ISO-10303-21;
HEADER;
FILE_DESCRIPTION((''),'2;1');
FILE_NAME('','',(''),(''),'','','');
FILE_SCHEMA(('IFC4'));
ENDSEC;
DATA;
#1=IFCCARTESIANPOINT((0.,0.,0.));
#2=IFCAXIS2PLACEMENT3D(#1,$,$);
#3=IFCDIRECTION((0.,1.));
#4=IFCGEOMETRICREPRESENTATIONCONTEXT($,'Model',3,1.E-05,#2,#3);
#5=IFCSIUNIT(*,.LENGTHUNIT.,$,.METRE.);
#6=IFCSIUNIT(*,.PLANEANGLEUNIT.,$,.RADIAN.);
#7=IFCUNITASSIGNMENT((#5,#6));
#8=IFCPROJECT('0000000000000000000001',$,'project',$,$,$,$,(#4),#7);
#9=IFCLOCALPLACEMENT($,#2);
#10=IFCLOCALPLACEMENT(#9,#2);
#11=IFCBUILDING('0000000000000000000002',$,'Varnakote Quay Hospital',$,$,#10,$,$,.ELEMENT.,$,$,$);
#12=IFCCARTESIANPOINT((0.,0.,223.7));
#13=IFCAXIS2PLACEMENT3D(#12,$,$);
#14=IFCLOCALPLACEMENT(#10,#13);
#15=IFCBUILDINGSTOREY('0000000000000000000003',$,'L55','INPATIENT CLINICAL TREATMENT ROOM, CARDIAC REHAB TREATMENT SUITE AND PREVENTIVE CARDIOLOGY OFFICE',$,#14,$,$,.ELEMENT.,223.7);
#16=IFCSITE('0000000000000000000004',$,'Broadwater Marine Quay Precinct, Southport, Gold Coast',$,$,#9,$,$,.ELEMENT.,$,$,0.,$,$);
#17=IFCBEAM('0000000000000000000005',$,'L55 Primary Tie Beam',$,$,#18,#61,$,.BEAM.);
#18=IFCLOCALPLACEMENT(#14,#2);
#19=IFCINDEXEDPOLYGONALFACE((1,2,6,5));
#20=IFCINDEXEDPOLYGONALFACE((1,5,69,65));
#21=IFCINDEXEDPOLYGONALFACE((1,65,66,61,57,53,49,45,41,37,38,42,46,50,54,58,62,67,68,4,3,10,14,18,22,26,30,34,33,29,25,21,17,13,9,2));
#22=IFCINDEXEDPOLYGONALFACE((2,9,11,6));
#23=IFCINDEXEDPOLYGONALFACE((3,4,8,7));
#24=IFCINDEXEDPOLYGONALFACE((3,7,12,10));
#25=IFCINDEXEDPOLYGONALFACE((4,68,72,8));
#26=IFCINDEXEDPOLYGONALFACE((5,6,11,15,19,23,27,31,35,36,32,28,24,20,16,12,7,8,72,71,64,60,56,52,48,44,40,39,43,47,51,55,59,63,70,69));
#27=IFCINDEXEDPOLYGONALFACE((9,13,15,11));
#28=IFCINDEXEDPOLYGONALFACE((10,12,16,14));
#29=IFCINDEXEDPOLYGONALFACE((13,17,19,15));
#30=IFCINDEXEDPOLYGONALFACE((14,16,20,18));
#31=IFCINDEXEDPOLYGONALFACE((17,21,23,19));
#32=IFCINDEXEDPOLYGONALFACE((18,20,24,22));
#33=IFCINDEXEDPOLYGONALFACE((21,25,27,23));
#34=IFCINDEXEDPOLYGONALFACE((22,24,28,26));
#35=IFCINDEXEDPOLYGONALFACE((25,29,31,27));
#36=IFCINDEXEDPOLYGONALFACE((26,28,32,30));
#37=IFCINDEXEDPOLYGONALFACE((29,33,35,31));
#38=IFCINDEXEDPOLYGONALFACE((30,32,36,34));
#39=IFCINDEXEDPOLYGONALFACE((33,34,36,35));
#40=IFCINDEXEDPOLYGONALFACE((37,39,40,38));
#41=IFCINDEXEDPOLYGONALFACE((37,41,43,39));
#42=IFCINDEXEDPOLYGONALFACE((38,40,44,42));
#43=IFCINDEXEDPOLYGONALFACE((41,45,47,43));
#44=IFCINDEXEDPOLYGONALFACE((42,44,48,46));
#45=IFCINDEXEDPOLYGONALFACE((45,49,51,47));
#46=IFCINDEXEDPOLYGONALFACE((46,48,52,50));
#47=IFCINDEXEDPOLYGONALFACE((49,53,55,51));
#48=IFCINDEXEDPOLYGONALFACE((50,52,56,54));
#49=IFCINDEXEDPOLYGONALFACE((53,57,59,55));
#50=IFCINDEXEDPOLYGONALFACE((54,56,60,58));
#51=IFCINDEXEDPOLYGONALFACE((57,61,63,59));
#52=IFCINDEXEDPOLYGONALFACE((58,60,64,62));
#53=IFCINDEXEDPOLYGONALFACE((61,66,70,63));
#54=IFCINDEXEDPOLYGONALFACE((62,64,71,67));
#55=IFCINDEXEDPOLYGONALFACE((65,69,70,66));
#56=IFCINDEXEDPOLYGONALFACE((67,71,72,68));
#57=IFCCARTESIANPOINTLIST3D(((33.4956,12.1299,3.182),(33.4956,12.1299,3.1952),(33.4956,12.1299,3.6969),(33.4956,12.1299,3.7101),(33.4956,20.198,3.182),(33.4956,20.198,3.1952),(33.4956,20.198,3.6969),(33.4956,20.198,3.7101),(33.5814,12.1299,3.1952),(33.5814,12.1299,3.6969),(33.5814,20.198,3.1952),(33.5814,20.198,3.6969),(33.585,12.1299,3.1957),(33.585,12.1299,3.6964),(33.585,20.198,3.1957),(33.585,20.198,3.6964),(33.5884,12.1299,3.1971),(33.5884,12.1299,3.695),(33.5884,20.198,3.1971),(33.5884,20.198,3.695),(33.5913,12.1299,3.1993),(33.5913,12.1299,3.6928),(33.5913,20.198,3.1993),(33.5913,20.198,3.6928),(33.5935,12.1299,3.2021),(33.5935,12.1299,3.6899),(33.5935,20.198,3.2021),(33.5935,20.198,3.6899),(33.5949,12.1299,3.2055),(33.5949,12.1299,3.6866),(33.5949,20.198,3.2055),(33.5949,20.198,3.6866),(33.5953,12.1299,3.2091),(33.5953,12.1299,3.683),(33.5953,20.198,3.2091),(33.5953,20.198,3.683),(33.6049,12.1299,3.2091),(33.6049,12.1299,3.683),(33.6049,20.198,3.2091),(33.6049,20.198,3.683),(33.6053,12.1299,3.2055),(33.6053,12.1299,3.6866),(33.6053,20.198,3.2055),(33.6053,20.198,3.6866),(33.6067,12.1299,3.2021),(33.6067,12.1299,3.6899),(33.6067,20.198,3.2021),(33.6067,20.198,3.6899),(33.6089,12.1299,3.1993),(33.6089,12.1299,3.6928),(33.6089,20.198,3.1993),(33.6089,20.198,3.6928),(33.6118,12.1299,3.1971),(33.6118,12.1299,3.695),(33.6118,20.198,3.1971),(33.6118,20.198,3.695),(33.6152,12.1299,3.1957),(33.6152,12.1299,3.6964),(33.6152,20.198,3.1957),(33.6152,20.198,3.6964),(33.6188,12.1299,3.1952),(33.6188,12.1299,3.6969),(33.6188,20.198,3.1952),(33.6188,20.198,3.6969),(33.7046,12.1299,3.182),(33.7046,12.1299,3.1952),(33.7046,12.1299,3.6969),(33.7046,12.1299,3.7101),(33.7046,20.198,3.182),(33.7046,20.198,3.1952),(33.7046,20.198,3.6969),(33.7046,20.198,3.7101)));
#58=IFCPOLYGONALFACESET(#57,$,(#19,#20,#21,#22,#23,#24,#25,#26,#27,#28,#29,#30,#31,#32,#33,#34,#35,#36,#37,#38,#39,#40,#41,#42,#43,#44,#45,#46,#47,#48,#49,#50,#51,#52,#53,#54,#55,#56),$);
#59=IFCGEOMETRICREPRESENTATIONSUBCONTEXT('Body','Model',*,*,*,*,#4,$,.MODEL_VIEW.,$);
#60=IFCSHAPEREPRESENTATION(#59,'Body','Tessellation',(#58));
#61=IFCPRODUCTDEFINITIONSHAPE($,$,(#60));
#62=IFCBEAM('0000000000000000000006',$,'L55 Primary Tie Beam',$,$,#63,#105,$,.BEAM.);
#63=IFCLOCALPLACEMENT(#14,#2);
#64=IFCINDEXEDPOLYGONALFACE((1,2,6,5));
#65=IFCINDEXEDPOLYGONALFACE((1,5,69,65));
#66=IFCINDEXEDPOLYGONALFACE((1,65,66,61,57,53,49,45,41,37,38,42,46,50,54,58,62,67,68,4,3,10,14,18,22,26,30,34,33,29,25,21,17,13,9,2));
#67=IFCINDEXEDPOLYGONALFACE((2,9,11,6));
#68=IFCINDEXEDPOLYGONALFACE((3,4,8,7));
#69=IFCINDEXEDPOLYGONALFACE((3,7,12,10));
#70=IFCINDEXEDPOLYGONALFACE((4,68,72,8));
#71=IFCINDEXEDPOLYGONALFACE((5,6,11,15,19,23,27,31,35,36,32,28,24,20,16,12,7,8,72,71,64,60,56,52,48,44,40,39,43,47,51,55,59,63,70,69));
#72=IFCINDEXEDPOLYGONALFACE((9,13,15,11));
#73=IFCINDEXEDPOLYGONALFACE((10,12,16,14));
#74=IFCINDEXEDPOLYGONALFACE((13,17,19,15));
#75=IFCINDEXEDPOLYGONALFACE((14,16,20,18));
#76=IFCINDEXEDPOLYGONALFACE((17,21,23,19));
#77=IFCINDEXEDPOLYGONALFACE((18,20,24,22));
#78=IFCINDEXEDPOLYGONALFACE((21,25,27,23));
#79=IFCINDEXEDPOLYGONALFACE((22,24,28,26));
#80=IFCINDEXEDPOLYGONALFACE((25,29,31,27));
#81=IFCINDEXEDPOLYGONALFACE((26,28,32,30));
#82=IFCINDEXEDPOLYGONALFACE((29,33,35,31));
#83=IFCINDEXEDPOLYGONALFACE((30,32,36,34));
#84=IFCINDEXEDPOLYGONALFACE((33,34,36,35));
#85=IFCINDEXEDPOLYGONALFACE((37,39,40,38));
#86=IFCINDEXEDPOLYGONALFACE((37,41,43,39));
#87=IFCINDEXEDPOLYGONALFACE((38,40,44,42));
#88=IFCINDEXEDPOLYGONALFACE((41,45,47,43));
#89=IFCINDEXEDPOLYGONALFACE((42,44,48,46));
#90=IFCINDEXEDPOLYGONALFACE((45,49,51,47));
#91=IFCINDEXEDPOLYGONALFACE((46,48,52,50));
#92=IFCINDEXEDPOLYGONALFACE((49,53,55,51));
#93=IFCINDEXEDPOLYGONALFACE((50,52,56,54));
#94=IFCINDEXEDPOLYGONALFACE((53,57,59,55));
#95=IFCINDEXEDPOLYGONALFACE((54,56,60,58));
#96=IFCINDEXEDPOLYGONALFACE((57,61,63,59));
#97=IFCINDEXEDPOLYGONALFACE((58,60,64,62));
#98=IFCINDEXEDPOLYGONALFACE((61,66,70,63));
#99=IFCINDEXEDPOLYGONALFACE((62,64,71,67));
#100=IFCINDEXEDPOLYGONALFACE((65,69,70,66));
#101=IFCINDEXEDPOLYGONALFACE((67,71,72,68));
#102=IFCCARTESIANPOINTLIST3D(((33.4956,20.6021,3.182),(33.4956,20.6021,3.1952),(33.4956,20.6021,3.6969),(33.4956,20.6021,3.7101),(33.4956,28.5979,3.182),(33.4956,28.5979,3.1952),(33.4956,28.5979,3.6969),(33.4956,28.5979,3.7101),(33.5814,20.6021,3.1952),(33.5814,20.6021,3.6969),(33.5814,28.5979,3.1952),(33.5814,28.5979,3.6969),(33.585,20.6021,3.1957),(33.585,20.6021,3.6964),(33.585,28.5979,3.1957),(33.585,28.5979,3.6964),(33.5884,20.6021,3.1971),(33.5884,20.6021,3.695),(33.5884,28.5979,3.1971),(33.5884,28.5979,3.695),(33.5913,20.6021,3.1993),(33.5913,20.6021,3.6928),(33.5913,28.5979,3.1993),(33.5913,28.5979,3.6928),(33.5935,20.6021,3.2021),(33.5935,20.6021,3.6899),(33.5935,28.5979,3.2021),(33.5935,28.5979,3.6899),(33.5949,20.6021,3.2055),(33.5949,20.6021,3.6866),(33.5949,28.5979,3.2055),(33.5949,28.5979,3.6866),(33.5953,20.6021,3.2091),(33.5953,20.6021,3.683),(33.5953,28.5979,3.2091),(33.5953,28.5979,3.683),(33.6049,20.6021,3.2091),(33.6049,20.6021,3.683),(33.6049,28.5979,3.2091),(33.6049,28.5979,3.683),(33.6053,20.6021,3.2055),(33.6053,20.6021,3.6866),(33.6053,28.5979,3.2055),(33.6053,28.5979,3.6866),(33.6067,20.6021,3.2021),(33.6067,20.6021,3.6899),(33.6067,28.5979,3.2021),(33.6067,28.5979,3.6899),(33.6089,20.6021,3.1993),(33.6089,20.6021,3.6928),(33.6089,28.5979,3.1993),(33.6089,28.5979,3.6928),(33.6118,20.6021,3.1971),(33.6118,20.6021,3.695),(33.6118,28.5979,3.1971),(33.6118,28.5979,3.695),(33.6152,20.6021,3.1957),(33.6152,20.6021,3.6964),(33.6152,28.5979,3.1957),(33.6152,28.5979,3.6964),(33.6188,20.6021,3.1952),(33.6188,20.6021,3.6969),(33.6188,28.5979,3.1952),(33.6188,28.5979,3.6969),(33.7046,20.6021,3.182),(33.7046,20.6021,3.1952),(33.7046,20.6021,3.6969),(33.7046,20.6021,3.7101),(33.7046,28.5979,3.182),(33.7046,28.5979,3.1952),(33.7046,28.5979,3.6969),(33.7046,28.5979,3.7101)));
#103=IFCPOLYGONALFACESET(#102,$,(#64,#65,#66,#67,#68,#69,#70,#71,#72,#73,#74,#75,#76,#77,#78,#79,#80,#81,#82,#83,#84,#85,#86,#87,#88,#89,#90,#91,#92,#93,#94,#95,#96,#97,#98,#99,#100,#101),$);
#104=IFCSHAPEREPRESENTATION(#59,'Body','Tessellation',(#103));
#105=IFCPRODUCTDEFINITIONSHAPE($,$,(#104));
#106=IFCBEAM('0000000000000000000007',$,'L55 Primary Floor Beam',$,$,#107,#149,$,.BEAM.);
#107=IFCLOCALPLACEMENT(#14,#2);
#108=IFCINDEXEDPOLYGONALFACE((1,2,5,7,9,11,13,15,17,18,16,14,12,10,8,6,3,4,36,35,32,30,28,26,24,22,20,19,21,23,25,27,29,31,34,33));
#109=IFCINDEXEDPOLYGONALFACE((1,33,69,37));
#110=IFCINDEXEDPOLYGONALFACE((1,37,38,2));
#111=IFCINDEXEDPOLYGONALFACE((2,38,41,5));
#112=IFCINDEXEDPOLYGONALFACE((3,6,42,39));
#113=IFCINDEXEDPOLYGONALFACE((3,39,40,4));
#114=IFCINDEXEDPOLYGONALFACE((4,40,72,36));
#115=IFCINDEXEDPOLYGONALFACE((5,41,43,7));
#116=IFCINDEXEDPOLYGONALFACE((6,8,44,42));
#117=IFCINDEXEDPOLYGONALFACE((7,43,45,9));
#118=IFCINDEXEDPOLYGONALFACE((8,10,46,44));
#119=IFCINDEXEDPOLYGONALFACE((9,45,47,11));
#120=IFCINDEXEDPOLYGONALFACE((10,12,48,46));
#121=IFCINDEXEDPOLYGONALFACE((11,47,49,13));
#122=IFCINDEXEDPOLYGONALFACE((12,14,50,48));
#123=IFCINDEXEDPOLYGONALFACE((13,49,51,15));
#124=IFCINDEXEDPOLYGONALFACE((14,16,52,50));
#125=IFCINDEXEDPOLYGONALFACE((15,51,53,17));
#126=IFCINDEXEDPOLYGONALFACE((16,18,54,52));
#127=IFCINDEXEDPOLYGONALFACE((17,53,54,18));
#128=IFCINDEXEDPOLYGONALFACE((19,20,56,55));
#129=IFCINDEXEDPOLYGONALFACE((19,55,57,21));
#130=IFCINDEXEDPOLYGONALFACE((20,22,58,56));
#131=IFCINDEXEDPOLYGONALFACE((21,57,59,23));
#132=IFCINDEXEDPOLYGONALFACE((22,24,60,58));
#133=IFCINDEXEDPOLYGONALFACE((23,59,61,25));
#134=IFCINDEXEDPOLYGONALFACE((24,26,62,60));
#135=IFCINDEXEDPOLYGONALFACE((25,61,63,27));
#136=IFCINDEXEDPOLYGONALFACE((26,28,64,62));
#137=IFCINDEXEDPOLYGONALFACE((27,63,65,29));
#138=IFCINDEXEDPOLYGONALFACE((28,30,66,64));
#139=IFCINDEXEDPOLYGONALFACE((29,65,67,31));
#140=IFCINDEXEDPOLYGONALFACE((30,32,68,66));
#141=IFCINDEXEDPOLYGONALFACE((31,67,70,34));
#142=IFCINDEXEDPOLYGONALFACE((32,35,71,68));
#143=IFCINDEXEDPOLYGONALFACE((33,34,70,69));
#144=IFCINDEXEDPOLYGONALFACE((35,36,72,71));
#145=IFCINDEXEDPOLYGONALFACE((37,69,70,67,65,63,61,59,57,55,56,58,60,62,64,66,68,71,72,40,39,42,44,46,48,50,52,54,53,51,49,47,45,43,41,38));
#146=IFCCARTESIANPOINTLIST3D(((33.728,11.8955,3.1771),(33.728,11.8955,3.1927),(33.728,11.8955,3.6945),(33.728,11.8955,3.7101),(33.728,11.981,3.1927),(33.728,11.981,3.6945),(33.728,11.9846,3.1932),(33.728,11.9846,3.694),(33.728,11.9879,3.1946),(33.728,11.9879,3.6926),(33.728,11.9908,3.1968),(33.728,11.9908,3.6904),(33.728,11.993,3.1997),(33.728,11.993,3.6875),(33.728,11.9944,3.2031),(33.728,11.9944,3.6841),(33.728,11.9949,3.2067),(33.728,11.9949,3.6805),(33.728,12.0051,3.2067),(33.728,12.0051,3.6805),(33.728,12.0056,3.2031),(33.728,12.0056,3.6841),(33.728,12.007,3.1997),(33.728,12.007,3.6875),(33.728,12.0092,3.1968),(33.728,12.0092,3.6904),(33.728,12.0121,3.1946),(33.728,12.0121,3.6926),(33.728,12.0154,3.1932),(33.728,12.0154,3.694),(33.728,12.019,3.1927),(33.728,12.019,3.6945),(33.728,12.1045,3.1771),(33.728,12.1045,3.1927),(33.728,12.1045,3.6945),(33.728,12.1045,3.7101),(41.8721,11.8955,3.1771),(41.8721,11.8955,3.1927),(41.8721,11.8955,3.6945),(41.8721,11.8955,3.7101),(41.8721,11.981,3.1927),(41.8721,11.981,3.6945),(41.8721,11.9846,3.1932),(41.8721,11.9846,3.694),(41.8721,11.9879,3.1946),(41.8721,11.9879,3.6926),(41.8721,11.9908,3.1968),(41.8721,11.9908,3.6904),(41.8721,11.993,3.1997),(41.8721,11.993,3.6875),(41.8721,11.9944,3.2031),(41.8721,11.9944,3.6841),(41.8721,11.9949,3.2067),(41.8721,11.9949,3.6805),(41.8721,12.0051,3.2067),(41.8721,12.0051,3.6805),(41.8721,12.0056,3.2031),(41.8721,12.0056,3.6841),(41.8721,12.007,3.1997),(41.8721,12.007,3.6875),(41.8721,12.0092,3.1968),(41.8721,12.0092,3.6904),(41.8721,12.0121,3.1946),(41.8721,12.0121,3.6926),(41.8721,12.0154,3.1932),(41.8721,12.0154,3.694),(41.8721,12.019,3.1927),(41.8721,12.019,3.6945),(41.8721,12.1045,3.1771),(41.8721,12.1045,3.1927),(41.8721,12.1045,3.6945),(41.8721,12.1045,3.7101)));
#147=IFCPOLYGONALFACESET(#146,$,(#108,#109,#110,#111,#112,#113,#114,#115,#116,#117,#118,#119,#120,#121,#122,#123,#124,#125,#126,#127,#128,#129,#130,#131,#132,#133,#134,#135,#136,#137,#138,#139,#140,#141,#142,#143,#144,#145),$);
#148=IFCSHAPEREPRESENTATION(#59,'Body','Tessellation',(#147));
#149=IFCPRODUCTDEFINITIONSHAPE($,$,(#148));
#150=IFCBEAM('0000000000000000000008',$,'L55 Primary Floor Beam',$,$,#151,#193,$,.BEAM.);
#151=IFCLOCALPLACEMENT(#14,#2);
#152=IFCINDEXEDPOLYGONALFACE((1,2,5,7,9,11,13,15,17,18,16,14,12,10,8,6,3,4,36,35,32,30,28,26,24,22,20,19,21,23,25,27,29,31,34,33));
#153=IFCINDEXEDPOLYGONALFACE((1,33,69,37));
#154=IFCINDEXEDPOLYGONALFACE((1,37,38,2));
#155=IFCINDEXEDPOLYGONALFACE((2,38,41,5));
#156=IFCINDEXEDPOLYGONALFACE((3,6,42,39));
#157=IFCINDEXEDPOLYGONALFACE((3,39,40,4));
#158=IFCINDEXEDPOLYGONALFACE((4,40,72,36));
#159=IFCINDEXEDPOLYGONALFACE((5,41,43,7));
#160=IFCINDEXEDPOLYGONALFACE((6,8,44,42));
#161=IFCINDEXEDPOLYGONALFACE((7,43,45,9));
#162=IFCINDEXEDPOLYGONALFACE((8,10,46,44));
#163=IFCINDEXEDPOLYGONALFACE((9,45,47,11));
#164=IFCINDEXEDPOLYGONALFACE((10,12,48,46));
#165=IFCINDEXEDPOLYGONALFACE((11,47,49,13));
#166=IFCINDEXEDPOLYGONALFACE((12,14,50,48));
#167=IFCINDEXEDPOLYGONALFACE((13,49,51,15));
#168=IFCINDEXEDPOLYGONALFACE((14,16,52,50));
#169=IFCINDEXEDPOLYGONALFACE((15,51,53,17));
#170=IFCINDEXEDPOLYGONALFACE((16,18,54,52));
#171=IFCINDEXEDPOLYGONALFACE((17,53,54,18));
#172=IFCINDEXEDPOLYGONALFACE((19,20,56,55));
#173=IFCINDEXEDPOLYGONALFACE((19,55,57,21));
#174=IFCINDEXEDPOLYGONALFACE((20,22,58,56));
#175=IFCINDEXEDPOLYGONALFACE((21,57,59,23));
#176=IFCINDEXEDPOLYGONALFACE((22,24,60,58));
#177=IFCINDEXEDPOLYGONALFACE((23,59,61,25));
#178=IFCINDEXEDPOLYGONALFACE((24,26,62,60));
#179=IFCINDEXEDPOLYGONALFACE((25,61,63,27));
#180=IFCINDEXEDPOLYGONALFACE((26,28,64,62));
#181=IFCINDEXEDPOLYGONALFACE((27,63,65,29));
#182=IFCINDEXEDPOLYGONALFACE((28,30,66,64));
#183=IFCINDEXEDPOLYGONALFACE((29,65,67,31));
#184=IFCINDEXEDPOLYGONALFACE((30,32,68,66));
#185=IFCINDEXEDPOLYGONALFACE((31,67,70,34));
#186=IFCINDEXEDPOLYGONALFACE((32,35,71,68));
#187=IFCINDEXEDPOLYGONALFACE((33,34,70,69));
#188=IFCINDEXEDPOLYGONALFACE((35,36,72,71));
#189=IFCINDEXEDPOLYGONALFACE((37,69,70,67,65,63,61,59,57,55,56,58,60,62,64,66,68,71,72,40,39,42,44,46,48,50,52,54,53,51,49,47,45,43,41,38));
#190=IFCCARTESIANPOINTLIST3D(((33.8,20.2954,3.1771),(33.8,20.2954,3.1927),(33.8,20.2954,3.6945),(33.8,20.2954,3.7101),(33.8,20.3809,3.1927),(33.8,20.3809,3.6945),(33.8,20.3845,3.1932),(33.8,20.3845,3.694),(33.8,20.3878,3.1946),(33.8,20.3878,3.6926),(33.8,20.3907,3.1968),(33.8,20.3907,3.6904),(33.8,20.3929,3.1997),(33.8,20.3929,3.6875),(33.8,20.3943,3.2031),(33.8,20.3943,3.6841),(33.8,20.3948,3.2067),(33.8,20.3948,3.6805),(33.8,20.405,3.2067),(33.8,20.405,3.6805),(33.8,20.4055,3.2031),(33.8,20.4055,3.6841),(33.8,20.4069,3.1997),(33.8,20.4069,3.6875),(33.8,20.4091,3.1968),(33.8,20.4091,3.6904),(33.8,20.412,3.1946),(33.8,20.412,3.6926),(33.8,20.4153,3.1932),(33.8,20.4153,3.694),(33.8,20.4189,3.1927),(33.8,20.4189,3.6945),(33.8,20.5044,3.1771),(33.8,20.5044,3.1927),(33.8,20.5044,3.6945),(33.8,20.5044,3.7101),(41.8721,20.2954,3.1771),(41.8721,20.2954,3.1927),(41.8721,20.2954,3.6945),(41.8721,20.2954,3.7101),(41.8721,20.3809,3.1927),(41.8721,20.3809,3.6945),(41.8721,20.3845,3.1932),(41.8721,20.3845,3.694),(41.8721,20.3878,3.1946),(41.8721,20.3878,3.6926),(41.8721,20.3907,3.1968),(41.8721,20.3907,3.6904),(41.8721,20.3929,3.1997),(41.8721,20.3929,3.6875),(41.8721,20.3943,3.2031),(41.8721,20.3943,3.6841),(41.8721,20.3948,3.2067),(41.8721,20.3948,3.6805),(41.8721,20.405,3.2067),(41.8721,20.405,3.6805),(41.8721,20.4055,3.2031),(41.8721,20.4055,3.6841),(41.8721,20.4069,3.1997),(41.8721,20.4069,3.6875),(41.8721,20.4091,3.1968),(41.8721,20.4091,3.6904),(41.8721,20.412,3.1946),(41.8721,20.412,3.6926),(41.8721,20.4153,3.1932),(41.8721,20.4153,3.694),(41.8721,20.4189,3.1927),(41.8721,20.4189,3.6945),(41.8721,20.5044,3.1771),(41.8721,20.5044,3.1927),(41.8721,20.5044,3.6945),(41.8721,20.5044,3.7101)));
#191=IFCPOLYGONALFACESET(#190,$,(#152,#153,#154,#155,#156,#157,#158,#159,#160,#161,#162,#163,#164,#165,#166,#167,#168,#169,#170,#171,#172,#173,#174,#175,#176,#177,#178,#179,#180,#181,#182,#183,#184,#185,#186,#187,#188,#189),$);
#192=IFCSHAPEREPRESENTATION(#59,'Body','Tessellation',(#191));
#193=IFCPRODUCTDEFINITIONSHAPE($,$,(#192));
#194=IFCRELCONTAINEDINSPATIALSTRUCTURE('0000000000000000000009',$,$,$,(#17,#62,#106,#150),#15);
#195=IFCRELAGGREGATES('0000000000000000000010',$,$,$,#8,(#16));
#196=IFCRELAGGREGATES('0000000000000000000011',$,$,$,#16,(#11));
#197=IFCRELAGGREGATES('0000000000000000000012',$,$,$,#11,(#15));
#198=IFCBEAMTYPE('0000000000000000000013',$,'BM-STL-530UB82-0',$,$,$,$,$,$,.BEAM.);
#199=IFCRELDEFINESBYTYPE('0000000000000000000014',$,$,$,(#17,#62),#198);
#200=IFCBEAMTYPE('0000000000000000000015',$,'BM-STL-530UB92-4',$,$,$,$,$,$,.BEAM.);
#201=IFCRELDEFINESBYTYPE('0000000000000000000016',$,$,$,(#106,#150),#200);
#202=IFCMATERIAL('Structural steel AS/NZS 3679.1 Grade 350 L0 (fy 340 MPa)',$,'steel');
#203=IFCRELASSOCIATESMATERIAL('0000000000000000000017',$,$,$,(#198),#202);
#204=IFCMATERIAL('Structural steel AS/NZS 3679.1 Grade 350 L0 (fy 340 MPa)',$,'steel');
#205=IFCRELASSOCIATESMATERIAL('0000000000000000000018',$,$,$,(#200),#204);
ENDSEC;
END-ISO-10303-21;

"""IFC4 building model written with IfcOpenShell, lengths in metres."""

from ifc_helpers import new_model, si_unit, direction, frame, origin, origin_2d, place, context, subcontext, project, spatial, i_section, extrude, material, material_profile, profile_set, type_object, element, save


model = new_model("IFC4")

# Units and contexts
model_context = context("Model", 3, precision=1e-05, world=origin(), true_north=direction((0.0, 1.0)))
body_context = subcontext(model_context, "Body", "Model", "MODEL_VIEW")
ifc_project = project(units=[si_unit("LENGTHUNIT", "METRE"), si_unit("PLANEANGLEUNIT", "RADIAN")], contexts=[model_context])

# Site, building, storey
site_placement = place(None, origin())
site = spatial("IfcSite", under=ifc_project, at=site_placement, Name="Broadwater Marine Quay Precinct, Southport, Gold Coast", CompositionType="ELEMENT", RefElevation=0.0)
building_placement = place(site_placement, origin())
building = spatial("IfcBuilding", under=site, at=building_placement, Name="Varnakote Quay Hospital", CompositionType="ELEMENT")
storey_placement = place(building_placement, frame((0.0, 0.0, 223.7)))
storey = spatial("IfcBuildingStorey", under=building, at=storey_placement, Name="L55", Description="INPATIENT CLINICAL TREATMENT ROOM, CARDIAC REHAB TREATMENT SUITE AND PREVENTIVE CARDIOLOGY OFFICE", CompositionType="ELEMENT", Elevation=223.7)

# Beams
ifc_material_1 = material(Name="Structural steel AS/NZS 3679.1 Grade 350 L0 (fy 340 MPa)", Category="steel")
ifc_material_profile_1 = material_profile(ifc_material_1, i_section(OverallWidth=0.209, OverallDepth=0.5281, WebThickness=0.0095, FlangeThickness=0.0132, FilletRadius=0.0139, at=origin_2d()), Name="530UB82.0")
ifc_profile_set_1 = profile_set([ifc_material_profile_1], Name="Structural steel AS/NZS 3679.1 Grade 350 L0 (fy 340 MPa)")
beam_type_1 = type_object("IfcBeamType", Name="BM-STL-530UB82-0", PredefinedType="BEAM", material=ifc_profile_set_1)
beam_1_placement = place(storey_placement, frame((33.6001, 12.1299, 3.446), z_axis=(0.0, 1.0, 0.0), x_axis=(-1.0, 0.0, 0.0)))
element("IfcBeam", 1, at=beam_1_placement, inside=storey, type_object=beam_type_1, Name="L55 Primary Tie Beam", PredefinedType="BEAM", context=body_context, shape_type="SweptSolid", body=[
    extrude(i_section(OverallWidth=0.209, OverallDepth=0.5281, WebThickness=0.0095, FlangeThickness=0.0132, FilletRadius=0.0139, at=origin_2d()), origin(), (0.0, 0.0, 1.0), 8.0681),
])
beam_2_placement = place(storey_placement, frame((33.6001, 20.6021, 3.446), z_axis=(0.0, 1.0, 0.0), x_axis=(-1.0, 0.0, 0.0)))
element("IfcBeam", 2, at=beam_2_placement, inside=storey, type_object=beam_type_1, Name="L55 Primary Tie Beam", PredefinedType="BEAM", context=body_context, shape_type="SweptSolid", body=[
    extrude(i_section(OverallWidth=0.209, OverallDepth=0.5281, WebThickness=0.0095, FlangeThickness=0.0132, FilletRadius=0.0139, at=origin_2d()), origin(), (0.0, 0.0, 1.0), 7.9958),
])
ifc_material_2 = material(Name="Structural steel AS/NZS 3679.1 Grade 350 L0 (fy 340 MPa)", Category="steel")
ifc_material_profile_2 = material_profile(ifc_material_2, i_section(OverallWidth=0.209, OverallDepth=0.533, WebThickness=0.0103, FlangeThickness=0.0156, FilletRadius=0.0139, at=origin_2d()), Name="530UB92.4")
ifc_profile_set_2 = profile_set([ifc_material_profile_2], Name="Structural steel AS/NZS 3679.1 Grade 350 L0 (fy 340 MPa)")
beam_type_2 = type_object("IfcBeamType", Name="BM-STL-530UB92-4", PredefinedType="BEAM", material=ifc_profile_set_2)
beam_3_placement = place(storey_placement, frame((33.728, 12.0, 3.4436), z_axis=(1.0, 0.0, 0.0), x_axis=(0.0, 1.0, 0.0)))
element("IfcBeam", 3, at=beam_3_placement, inside=storey, type_object=beam_type_2, Name="L55 Primary Floor Beam", PredefinedType="BEAM", context=body_context, shape_type="SweptSolid", body=[
    extrude(i_section(OverallWidth=0.209, OverallDepth=0.533, WebThickness=0.0103, FlangeThickness=0.0156, FilletRadius=0.0139, at=origin_2d()), origin(), (0.0, 0.0, 1.0), 8.144),
])
beam_4_placement = place(storey_placement, frame((33.8, 20.3999, 3.4436), z_axis=(1.0, 0.0, 0.0), x_axis=(0.0, 1.0, 0.0)))
element("IfcBeam", 4, at=beam_4_placement, inside=storey, type_object=beam_type_2, Name="L55 Primary Floor Beam", PredefinedType="BEAM", context=body_context, shape_type="SweptSolid", body=[
    extrude(i_section(OverallWidth=0.209, OverallDepth=0.533, WebThickness=0.0103, FlangeThickness=0.0156, FilletRadius=0.0139, at=origin_2d()), origin(), (0.0, 0.0, 1.0), 8.072),
])

save(model, "model.ifc")
